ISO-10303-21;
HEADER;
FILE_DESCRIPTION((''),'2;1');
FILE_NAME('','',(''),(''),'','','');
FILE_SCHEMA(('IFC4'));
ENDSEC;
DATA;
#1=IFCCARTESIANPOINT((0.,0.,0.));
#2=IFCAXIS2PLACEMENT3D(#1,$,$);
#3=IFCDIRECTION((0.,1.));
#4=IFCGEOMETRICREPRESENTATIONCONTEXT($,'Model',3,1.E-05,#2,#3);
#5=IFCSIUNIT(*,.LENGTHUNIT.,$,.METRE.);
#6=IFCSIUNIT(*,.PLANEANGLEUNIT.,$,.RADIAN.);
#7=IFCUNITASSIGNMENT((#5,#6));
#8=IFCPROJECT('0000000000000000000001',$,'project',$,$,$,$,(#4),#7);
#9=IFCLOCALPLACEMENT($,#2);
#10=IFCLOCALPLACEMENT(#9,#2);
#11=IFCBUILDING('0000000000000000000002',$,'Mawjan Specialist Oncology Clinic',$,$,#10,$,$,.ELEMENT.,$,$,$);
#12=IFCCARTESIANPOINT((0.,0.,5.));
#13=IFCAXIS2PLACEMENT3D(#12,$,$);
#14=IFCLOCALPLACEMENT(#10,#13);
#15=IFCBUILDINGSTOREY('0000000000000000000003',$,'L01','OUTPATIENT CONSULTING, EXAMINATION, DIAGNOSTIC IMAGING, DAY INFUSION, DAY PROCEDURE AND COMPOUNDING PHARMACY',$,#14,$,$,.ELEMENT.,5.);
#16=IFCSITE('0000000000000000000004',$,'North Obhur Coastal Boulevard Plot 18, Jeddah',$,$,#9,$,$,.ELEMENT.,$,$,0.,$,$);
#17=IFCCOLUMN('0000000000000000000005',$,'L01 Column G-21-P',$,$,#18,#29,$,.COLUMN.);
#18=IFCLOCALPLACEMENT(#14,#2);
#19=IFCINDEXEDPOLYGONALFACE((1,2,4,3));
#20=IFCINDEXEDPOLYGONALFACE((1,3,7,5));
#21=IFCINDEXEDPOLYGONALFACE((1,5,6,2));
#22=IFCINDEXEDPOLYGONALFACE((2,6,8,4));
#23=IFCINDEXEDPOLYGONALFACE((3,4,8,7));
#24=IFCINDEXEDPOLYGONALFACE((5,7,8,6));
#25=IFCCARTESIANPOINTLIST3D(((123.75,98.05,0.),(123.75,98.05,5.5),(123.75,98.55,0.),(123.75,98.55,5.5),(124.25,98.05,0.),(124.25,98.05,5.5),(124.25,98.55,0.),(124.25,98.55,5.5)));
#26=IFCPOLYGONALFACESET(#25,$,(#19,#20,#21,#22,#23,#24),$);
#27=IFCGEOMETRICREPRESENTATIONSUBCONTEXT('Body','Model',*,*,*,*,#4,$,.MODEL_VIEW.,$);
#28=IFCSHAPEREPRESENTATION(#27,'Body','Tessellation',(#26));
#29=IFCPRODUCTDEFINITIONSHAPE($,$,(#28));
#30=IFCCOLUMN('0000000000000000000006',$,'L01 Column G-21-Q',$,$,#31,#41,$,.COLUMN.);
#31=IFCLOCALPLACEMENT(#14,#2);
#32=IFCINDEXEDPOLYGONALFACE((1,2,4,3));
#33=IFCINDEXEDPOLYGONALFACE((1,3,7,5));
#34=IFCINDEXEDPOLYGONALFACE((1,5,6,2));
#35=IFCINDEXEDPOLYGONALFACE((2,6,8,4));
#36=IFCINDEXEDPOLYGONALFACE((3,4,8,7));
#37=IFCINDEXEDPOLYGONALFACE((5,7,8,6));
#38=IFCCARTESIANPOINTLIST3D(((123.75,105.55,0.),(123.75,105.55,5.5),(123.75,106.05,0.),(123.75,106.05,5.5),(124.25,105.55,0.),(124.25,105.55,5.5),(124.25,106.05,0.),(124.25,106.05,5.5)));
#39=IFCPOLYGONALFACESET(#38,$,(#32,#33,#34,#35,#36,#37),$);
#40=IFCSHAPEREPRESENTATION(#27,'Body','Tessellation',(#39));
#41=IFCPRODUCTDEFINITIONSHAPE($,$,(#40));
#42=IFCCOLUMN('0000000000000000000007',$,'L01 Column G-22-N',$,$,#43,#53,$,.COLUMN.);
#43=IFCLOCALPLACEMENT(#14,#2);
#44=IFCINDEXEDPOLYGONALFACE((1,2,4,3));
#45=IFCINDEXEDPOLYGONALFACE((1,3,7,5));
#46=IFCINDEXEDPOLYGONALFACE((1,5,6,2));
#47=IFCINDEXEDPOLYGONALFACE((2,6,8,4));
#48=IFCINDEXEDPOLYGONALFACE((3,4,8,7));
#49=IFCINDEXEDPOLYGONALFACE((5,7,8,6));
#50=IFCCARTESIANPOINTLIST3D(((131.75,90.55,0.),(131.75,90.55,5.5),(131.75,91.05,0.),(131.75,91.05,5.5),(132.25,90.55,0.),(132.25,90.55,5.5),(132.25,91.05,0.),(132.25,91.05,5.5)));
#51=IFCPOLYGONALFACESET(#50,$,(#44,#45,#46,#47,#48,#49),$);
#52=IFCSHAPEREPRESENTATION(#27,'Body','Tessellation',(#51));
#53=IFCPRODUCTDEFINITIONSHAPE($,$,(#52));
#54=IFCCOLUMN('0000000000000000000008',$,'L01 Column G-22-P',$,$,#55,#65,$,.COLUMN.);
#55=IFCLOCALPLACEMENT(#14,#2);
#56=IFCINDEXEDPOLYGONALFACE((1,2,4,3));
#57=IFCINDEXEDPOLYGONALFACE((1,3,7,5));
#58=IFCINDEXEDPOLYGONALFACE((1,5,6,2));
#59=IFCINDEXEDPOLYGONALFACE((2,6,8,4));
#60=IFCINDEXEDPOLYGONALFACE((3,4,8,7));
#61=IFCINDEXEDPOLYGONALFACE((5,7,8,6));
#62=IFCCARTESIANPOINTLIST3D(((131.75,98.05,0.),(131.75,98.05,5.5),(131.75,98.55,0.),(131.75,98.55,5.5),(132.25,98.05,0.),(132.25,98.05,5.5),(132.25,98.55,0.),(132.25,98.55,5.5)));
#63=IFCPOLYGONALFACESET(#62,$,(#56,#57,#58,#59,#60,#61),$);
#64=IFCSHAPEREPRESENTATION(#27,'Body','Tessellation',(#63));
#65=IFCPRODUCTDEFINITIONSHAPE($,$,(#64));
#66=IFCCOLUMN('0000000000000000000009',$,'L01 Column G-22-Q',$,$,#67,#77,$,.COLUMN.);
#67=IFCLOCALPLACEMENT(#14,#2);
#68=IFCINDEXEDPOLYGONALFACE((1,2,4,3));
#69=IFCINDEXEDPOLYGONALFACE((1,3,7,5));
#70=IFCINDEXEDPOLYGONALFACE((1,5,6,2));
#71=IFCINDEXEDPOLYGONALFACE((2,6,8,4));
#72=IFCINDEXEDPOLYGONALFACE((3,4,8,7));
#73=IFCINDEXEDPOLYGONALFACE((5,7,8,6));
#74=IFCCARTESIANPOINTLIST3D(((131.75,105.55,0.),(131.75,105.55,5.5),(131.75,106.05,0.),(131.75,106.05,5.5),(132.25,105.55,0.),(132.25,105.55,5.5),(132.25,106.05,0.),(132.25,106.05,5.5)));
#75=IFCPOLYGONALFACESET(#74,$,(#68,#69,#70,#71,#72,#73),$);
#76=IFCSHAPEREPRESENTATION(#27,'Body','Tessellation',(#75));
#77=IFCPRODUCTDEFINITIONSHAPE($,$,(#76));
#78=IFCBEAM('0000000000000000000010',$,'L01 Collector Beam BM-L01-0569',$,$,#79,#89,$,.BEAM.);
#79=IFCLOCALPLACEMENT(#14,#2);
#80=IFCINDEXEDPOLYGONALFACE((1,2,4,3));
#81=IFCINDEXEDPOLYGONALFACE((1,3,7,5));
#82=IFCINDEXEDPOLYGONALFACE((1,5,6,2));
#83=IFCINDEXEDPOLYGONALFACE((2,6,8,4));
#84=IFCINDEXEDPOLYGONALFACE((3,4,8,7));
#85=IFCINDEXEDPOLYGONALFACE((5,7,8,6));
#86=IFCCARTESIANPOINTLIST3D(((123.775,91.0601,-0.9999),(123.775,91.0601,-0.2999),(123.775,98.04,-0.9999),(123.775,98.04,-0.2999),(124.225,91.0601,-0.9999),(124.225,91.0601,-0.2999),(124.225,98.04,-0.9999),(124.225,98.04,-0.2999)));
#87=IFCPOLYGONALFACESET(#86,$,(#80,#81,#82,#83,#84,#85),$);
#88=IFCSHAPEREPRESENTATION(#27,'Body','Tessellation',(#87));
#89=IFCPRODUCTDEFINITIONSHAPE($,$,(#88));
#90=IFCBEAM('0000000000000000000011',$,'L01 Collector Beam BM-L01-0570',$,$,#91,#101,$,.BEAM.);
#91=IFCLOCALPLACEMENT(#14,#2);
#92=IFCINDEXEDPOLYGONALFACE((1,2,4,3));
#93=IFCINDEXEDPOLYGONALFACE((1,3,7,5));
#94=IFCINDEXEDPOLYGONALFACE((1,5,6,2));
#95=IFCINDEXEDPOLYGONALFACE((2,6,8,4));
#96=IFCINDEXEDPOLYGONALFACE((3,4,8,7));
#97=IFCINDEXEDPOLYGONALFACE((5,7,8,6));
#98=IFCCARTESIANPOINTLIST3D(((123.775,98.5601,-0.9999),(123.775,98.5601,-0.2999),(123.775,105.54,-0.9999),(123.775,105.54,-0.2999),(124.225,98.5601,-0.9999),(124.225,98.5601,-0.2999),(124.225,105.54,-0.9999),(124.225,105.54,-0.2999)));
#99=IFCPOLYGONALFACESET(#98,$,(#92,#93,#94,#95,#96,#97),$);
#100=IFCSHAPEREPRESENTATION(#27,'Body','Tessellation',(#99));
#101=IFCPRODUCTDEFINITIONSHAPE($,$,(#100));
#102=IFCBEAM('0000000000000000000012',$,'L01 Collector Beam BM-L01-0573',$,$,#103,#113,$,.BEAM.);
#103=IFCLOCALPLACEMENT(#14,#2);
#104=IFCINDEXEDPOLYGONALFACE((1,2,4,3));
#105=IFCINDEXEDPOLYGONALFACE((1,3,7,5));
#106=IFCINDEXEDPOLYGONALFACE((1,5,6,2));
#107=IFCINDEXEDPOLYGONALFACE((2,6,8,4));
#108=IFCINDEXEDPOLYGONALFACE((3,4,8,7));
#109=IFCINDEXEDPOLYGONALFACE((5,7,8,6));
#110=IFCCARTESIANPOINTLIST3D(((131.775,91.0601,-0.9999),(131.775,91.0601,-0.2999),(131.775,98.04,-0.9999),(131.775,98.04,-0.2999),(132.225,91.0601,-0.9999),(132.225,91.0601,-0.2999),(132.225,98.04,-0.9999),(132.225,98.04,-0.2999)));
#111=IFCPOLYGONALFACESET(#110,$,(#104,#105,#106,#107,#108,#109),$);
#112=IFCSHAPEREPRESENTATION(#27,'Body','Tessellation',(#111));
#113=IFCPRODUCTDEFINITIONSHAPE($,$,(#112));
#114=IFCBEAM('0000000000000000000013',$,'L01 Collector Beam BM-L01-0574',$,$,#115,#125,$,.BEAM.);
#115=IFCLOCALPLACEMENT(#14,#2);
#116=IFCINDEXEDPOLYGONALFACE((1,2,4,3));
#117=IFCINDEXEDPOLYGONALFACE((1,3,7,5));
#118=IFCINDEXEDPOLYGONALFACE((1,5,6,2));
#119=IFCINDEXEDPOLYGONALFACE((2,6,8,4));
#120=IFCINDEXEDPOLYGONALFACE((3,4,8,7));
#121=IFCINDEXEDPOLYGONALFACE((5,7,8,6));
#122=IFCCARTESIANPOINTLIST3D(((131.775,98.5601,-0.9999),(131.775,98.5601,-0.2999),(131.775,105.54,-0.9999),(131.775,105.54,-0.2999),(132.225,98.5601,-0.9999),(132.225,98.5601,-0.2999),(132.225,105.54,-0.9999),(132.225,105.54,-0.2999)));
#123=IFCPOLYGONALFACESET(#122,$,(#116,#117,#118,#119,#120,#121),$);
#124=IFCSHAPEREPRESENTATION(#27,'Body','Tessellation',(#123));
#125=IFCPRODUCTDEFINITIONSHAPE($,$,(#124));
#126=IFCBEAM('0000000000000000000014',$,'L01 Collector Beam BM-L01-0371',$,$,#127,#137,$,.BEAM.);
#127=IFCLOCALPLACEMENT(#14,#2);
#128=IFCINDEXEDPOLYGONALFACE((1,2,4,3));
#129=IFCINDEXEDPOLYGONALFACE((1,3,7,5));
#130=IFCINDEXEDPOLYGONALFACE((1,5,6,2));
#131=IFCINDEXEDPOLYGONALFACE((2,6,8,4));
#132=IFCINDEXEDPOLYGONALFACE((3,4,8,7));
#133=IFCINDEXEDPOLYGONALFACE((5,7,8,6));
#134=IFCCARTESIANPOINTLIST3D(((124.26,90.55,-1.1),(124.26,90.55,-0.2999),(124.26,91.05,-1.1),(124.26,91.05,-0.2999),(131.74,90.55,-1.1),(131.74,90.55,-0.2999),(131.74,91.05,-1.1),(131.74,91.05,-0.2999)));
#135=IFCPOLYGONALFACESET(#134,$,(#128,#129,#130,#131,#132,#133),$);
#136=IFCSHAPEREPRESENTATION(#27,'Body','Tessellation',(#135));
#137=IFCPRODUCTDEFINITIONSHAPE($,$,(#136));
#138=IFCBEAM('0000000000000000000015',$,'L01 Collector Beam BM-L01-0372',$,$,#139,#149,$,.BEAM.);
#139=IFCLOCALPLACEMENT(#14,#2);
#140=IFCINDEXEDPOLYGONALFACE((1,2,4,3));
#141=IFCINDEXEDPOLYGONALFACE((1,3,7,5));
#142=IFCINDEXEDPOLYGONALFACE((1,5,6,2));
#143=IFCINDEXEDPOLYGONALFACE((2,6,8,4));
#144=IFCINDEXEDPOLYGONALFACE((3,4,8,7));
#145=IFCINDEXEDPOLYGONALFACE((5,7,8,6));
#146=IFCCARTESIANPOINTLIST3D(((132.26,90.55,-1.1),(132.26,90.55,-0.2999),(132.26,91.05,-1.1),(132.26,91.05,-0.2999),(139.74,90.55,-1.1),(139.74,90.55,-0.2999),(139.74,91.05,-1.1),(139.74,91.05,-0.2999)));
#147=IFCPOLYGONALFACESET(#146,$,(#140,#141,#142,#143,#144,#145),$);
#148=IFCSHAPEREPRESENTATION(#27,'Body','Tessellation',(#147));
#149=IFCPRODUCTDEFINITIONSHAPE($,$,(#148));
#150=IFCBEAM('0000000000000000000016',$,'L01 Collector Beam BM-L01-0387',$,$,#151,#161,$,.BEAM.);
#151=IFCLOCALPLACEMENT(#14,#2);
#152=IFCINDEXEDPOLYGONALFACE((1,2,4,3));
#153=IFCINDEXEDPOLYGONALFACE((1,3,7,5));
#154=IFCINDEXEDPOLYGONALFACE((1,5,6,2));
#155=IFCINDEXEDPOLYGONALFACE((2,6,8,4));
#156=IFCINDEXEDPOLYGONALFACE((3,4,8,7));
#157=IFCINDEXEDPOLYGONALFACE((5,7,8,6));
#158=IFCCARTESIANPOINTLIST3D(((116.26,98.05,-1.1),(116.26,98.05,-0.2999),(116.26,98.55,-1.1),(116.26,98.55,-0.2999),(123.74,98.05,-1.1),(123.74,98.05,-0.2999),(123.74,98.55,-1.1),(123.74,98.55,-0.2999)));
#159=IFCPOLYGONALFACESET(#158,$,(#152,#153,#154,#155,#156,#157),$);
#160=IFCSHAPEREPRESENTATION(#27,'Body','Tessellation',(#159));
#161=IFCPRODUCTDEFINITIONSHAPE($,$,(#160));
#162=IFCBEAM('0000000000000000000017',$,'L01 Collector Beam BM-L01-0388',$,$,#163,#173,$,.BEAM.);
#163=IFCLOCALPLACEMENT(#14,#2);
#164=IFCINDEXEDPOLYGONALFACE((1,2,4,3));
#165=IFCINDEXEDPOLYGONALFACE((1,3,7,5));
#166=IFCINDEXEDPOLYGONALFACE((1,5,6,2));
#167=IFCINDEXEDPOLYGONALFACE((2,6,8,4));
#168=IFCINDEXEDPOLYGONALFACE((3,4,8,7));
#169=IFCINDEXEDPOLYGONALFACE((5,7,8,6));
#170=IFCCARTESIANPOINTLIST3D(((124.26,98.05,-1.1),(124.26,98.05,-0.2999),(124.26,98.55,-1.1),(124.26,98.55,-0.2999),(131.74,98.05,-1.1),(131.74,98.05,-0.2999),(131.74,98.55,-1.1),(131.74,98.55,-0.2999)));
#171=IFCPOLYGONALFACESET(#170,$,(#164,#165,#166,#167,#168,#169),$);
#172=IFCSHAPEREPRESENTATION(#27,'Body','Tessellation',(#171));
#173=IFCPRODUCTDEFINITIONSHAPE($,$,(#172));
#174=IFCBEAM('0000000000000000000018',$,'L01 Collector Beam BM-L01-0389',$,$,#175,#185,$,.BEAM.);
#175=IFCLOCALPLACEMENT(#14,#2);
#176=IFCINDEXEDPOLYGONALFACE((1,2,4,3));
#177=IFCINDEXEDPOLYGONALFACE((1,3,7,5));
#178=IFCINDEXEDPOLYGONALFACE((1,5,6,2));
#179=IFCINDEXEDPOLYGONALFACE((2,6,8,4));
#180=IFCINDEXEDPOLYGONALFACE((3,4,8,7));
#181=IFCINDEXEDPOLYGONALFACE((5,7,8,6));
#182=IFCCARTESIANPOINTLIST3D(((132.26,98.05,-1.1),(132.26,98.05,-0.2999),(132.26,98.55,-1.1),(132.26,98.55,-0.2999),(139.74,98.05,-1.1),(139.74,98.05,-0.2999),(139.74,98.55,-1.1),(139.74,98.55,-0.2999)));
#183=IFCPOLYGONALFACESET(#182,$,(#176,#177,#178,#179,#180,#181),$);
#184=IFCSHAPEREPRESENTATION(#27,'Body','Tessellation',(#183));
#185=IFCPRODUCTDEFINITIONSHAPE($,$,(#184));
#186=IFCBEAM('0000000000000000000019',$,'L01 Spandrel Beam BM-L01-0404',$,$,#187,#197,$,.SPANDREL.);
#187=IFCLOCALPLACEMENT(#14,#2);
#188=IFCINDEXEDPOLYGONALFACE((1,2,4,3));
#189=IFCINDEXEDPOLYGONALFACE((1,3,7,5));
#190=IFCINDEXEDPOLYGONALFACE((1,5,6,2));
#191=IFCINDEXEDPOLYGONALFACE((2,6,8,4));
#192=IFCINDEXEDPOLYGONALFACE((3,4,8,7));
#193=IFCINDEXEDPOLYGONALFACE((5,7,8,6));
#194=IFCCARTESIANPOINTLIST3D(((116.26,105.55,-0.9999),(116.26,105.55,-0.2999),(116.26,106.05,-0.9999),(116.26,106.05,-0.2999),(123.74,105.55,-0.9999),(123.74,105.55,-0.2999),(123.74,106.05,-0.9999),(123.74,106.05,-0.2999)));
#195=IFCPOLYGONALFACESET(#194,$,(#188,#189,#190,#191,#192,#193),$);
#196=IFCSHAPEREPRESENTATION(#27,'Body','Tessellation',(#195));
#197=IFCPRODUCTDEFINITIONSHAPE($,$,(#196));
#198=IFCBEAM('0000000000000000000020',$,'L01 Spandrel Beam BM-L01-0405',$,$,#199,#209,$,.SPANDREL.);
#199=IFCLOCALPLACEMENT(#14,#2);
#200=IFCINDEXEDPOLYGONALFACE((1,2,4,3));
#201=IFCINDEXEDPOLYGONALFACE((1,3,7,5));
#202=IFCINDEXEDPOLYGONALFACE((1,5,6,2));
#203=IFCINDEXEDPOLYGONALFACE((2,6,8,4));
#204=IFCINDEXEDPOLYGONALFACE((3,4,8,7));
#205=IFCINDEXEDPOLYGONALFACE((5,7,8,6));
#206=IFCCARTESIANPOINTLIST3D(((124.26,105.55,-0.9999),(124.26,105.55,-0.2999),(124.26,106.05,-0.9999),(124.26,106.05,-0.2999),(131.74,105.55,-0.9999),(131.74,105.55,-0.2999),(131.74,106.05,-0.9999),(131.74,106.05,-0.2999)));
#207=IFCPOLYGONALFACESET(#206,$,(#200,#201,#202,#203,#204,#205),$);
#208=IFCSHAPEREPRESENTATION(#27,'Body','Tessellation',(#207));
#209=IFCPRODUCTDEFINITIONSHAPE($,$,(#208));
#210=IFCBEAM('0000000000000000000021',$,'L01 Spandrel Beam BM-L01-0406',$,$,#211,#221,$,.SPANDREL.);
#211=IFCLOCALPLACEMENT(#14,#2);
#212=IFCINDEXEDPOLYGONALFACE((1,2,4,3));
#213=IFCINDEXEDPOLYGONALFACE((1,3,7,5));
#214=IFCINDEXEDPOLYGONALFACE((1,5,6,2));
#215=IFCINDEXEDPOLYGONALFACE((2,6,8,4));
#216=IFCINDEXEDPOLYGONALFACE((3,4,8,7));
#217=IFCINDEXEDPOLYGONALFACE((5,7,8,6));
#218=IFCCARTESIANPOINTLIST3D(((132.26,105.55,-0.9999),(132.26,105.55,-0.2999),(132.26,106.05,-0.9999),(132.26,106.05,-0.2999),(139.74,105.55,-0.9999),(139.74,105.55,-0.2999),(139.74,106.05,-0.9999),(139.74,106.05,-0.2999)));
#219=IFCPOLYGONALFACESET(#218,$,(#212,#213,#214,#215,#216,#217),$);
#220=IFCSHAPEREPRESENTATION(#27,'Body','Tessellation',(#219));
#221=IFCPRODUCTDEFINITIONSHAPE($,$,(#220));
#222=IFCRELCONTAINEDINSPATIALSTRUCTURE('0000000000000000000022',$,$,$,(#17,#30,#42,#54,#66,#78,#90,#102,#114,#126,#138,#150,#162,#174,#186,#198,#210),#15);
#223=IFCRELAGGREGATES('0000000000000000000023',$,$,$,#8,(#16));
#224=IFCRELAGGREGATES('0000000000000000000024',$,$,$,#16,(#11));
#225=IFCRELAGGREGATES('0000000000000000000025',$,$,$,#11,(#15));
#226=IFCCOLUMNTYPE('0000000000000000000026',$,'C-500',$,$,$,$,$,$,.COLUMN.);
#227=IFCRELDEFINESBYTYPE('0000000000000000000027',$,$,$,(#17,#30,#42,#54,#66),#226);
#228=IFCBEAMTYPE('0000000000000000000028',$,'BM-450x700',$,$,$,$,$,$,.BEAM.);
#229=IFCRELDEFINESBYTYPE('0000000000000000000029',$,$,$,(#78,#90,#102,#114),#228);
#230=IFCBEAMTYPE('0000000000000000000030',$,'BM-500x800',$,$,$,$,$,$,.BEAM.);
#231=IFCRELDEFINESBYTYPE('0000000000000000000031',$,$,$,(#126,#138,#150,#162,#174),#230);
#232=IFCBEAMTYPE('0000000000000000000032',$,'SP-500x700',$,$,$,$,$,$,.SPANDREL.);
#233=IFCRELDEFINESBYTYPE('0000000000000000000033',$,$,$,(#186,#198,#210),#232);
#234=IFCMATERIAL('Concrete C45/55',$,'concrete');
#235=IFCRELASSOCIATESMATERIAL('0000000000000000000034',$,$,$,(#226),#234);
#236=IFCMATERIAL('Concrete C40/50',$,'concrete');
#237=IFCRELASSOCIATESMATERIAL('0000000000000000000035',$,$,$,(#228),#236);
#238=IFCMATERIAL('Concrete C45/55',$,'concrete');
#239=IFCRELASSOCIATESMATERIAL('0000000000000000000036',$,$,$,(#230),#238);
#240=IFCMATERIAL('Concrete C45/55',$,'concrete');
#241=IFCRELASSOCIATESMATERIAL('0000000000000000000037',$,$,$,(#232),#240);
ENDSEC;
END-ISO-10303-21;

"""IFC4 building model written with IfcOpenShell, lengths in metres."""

from ifc_helpers import new_model, si_unit, direction, frame, origin, origin_2d, place, context, subcontext, project, spatial, rectangle, extrude, material, material_profile, profile_set, type_object, element, save


model = new_model("IFC4")

# Units and contexts
model_context = context("Model", 3, precision=1e-05, world=origin(), true_north=direction((0.0, 1.0)))
body_context = subcontext(model_context, "Body", "Model", "MODEL_VIEW")
ifc_project = project(units=[si_unit("LENGTHUNIT", "METRE"), si_unit("PLANEANGLEUNIT", "RADIAN")], contexts=[model_context])

# Site, building, storey
site_placement = place(None, origin())
site = spatial("IfcSite", under=ifc_project, at=site_placement, Name="North Obhur Coastal Boulevard Plot 18, Jeddah", CompositionType="ELEMENT", RefElevation=0.0)
building_placement = place(site_placement, origin())
building = spatial("IfcBuilding", under=site, at=building_placement, Name="Mawjan Specialist Oncology Clinic", CompositionType="ELEMENT")
storey_placement = place(building_placement, frame((0.0, 0.0, 5.0)))
storey = spatial("IfcBuildingStorey", under=building, at=storey_placement, Name="L01", Description="OUTPATIENT CONSULTING, EXAMINATION, DIAGNOSTIC IMAGING, DAY INFUSION, DAY PROCEDURE AND COMPOUNDING PHARMACY", CompositionType="ELEMENT", Elevation=5.0)

# Columns
ifc_material_1 = material(Name="Concrete C45/55", Category="concrete")
ifc_material_profile_1 = material_profile(ifc_material_1, rectangle(XDim=0.5, YDim=0.5, at=origin_2d()), Name="RC COL 500x500", Category="concrete")
ifc_profile_set_1 = profile_set([ifc_material_profile_1], Name="Concrete C45/55")
column_type = type_object("IfcColumnType", Name="C-500", PredefinedType="COLUMN", material=ifc_profile_set_1)
for number, where, z_axis, x_axis, name in (
    (1, (124.0, 98.3, 0.0), (0.0, 0.0, 1.0), (1.0, 0.0, 0.0), "L01 Column G-21-P"),
    (2, (124.0, 105.8, 0.0), (0.0, 0.0, 1.0), (1.0, 0.0, 0.0), "L01 Column G-21-Q"),
    (3, (132.0, 90.8, 0.0), (0.0, 0.0, 1.0), (1.0, 0.0, 0.0), "L01 Column G-22-N"),
    (4, (132.0, 98.3, 0.0), (0.0, 0.0, 1.0), (1.0, 0.0, 0.0), "L01 Column G-22-P"),
    (5, (132.0, 105.8, 0.0), (0.0, 0.0, 1.0), (1.0, 0.0, 0.0), "L01 Column G-22-Q"),
):
    element("IfcColumn", number, at=place(storey_placement, frame(where, z_axis=z_axis, x_axis=x_axis)), inside=storey, type_object=column_type, Name=name, PredefinedType="COLUMN", context=body_context, shape_type="SweptSolid", body=[
        extrude(rectangle(XDim=0.5, YDim=0.5, at=origin_2d()), origin(), (0.0, 0.0, 1.0), 5.5),
    ])

# Beams
ifc_material_2 = material(Name="Concrete C40/50", Category="concrete")
ifc_material_profile_2 = material_profile(ifc_material_2, rectangle(XDim=0.45, YDim=0.7, at=origin_2d()), Name="RC BM 450x700", Category="concrete")
ifc_profile_set_2 = profile_set([ifc_material_profile_2], Name="Concrete C40/50")
beam_type_1 = type_object("IfcBeamType", Name="BM-450x700", PredefinedType="BEAM", material=ifc_profile_set_2)
for number, where, z_axis, x_axis, name in (
    (6, (124.0, 91.0601, -0.6499), (0.0, 1.0, 0.0), (-1.0, 0.0, 0.0), "L01 Collector Beam BM-L01-0569"),
    (7, (124.0, 98.5601, -0.6499), (0.0, 1.0, 0.0), (-1.0, 0.0, 0.0), "L01 Collector Beam BM-L01-0570"),
    (8, (132.0, 91.0601, -0.6499), (0.0, 1.0, 0.0), (-1.0, 0.0, 0.0), "L01 Collector Beam BM-L01-0573"),
    (9, (132.0, 98.5601, -0.6499), (0.0, 1.0, 0.0), (-1.0, 0.0, 0.0), "L01 Collector Beam BM-L01-0574"),
):
    element("IfcBeam", number, at=place(storey_placement, frame(where, z_axis=z_axis, x_axis=x_axis)), inside=storey, type_object=beam_type_1, Name=name, PredefinedType="BEAM", context=body_context, shape_type="SweptSolid", body=[
        extrude(rectangle(XDim=0.45, YDim=0.7, at=origin_2d()), origin(), (0.0, 0.0, 1.0), 6.98),
    ])
ifc_material_3 = material(Name="Concrete C45/55", Category="concrete")
ifc_material_profile_3 = material_profile(ifc_material_3, rectangle(XDim=0.5, YDim=0.8, at=origin_2d()), Name="RC BM 500x800", Category="concrete")
ifc_profile_set_3 = profile_set([ifc_material_profile_3], Name="Concrete C45/55")
beam_type_2 = type_object("IfcBeamType", Name="BM-500x800", PredefinedType="BEAM", material=ifc_profile_set_3)
for number, where, z_axis, x_axis, name in (
    (10, (124.26, 90.8, -0.7), (1.0, 0.0, 0.0), (0.0, 1.0, 0.0), "L01 Collector Beam BM-L01-0371"),
    (11, (132.26, 90.8, -0.7), (1.0, 0.0, 0.0), (0.0, 1.0, 0.0), "L01 Collector Beam BM-L01-0372"),
    (12, (116.26, 98.3, -0.7), (1.0, 0.0, 0.0), (0.0, 1.0, 0.0), "L01 Collector Beam BM-L01-0387"),
    (13, (124.26, 98.3, -0.7), (1.0, 0.0, 0.0), (0.0, 1.0, 0.0), "L01 Collector Beam BM-L01-0388"),
    (14, (132.26, 98.3, -0.7), (1.0, 0.0, 0.0), (0.0, 1.0, 0.0), "L01 Collector Beam BM-L01-0389"),
):
    element("IfcBeam", number, at=place(storey_placement, frame(where, z_axis=z_axis, x_axis=x_axis)), inside=storey, type_object=beam_type_2, Name=name, PredefinedType="BEAM", context=body_context, shape_type="SweptSolid", body=[
        extrude(rectangle(XDim=0.5, YDim=0.8, at=origin_2d()), origin(), (0.0, 0.0, 1.0), 7.48),
    ])
ifc_material_4 = material(Name="Concrete C45/55", Category="concrete")
ifc_material_profile_4 = material_profile(ifc_material_4, rectangle(XDim=0.5, YDim=0.7, at=origin_2d()), Name="RC BM 500x700", Category="concrete")
ifc_profile_set_4 = profile_set([ifc_material_profile_4], Name="Concrete C45/55")
beam_type_3 = type_object("IfcBeamType", Name="SP-500x700", PredefinedType="SPANDREL", material=ifc_profile_set_4)
for number, where, z_axis, x_axis, name in (
    (15, (116.26, 105.8, -0.6499), (1.0, 0.0, 0.0), (0.0, 1.0, 0.0), "L01 Spandrel Beam BM-L01-0404"),
    (16, (124.26, 105.8, -0.6499), (1.0, 0.0, 0.0), (0.0, 1.0, 0.0), "L01 Spandrel Beam BM-L01-0405"),
    (17, (132.26, 105.8, -0.6499), (1.0, 0.0, 0.0), (0.0, 1.0, 0.0), "L01 Spandrel Beam BM-L01-0406"),
):
    element("IfcBeam", number, at=place(storey_placement, frame(where, z_axis=z_axis, x_axis=x_axis)), inside=storey, type_object=beam_type_3, Name=name, PredefinedType="SPANDREL", context=body_context, shape_type="SweptSolid", body=[
        extrude(rectangle(XDim=0.5, YDim=0.7, at=origin_2d()), origin(), (0.0, 0.0, 1.0), 7.48),
    ])

save(model, "model.ifc")
